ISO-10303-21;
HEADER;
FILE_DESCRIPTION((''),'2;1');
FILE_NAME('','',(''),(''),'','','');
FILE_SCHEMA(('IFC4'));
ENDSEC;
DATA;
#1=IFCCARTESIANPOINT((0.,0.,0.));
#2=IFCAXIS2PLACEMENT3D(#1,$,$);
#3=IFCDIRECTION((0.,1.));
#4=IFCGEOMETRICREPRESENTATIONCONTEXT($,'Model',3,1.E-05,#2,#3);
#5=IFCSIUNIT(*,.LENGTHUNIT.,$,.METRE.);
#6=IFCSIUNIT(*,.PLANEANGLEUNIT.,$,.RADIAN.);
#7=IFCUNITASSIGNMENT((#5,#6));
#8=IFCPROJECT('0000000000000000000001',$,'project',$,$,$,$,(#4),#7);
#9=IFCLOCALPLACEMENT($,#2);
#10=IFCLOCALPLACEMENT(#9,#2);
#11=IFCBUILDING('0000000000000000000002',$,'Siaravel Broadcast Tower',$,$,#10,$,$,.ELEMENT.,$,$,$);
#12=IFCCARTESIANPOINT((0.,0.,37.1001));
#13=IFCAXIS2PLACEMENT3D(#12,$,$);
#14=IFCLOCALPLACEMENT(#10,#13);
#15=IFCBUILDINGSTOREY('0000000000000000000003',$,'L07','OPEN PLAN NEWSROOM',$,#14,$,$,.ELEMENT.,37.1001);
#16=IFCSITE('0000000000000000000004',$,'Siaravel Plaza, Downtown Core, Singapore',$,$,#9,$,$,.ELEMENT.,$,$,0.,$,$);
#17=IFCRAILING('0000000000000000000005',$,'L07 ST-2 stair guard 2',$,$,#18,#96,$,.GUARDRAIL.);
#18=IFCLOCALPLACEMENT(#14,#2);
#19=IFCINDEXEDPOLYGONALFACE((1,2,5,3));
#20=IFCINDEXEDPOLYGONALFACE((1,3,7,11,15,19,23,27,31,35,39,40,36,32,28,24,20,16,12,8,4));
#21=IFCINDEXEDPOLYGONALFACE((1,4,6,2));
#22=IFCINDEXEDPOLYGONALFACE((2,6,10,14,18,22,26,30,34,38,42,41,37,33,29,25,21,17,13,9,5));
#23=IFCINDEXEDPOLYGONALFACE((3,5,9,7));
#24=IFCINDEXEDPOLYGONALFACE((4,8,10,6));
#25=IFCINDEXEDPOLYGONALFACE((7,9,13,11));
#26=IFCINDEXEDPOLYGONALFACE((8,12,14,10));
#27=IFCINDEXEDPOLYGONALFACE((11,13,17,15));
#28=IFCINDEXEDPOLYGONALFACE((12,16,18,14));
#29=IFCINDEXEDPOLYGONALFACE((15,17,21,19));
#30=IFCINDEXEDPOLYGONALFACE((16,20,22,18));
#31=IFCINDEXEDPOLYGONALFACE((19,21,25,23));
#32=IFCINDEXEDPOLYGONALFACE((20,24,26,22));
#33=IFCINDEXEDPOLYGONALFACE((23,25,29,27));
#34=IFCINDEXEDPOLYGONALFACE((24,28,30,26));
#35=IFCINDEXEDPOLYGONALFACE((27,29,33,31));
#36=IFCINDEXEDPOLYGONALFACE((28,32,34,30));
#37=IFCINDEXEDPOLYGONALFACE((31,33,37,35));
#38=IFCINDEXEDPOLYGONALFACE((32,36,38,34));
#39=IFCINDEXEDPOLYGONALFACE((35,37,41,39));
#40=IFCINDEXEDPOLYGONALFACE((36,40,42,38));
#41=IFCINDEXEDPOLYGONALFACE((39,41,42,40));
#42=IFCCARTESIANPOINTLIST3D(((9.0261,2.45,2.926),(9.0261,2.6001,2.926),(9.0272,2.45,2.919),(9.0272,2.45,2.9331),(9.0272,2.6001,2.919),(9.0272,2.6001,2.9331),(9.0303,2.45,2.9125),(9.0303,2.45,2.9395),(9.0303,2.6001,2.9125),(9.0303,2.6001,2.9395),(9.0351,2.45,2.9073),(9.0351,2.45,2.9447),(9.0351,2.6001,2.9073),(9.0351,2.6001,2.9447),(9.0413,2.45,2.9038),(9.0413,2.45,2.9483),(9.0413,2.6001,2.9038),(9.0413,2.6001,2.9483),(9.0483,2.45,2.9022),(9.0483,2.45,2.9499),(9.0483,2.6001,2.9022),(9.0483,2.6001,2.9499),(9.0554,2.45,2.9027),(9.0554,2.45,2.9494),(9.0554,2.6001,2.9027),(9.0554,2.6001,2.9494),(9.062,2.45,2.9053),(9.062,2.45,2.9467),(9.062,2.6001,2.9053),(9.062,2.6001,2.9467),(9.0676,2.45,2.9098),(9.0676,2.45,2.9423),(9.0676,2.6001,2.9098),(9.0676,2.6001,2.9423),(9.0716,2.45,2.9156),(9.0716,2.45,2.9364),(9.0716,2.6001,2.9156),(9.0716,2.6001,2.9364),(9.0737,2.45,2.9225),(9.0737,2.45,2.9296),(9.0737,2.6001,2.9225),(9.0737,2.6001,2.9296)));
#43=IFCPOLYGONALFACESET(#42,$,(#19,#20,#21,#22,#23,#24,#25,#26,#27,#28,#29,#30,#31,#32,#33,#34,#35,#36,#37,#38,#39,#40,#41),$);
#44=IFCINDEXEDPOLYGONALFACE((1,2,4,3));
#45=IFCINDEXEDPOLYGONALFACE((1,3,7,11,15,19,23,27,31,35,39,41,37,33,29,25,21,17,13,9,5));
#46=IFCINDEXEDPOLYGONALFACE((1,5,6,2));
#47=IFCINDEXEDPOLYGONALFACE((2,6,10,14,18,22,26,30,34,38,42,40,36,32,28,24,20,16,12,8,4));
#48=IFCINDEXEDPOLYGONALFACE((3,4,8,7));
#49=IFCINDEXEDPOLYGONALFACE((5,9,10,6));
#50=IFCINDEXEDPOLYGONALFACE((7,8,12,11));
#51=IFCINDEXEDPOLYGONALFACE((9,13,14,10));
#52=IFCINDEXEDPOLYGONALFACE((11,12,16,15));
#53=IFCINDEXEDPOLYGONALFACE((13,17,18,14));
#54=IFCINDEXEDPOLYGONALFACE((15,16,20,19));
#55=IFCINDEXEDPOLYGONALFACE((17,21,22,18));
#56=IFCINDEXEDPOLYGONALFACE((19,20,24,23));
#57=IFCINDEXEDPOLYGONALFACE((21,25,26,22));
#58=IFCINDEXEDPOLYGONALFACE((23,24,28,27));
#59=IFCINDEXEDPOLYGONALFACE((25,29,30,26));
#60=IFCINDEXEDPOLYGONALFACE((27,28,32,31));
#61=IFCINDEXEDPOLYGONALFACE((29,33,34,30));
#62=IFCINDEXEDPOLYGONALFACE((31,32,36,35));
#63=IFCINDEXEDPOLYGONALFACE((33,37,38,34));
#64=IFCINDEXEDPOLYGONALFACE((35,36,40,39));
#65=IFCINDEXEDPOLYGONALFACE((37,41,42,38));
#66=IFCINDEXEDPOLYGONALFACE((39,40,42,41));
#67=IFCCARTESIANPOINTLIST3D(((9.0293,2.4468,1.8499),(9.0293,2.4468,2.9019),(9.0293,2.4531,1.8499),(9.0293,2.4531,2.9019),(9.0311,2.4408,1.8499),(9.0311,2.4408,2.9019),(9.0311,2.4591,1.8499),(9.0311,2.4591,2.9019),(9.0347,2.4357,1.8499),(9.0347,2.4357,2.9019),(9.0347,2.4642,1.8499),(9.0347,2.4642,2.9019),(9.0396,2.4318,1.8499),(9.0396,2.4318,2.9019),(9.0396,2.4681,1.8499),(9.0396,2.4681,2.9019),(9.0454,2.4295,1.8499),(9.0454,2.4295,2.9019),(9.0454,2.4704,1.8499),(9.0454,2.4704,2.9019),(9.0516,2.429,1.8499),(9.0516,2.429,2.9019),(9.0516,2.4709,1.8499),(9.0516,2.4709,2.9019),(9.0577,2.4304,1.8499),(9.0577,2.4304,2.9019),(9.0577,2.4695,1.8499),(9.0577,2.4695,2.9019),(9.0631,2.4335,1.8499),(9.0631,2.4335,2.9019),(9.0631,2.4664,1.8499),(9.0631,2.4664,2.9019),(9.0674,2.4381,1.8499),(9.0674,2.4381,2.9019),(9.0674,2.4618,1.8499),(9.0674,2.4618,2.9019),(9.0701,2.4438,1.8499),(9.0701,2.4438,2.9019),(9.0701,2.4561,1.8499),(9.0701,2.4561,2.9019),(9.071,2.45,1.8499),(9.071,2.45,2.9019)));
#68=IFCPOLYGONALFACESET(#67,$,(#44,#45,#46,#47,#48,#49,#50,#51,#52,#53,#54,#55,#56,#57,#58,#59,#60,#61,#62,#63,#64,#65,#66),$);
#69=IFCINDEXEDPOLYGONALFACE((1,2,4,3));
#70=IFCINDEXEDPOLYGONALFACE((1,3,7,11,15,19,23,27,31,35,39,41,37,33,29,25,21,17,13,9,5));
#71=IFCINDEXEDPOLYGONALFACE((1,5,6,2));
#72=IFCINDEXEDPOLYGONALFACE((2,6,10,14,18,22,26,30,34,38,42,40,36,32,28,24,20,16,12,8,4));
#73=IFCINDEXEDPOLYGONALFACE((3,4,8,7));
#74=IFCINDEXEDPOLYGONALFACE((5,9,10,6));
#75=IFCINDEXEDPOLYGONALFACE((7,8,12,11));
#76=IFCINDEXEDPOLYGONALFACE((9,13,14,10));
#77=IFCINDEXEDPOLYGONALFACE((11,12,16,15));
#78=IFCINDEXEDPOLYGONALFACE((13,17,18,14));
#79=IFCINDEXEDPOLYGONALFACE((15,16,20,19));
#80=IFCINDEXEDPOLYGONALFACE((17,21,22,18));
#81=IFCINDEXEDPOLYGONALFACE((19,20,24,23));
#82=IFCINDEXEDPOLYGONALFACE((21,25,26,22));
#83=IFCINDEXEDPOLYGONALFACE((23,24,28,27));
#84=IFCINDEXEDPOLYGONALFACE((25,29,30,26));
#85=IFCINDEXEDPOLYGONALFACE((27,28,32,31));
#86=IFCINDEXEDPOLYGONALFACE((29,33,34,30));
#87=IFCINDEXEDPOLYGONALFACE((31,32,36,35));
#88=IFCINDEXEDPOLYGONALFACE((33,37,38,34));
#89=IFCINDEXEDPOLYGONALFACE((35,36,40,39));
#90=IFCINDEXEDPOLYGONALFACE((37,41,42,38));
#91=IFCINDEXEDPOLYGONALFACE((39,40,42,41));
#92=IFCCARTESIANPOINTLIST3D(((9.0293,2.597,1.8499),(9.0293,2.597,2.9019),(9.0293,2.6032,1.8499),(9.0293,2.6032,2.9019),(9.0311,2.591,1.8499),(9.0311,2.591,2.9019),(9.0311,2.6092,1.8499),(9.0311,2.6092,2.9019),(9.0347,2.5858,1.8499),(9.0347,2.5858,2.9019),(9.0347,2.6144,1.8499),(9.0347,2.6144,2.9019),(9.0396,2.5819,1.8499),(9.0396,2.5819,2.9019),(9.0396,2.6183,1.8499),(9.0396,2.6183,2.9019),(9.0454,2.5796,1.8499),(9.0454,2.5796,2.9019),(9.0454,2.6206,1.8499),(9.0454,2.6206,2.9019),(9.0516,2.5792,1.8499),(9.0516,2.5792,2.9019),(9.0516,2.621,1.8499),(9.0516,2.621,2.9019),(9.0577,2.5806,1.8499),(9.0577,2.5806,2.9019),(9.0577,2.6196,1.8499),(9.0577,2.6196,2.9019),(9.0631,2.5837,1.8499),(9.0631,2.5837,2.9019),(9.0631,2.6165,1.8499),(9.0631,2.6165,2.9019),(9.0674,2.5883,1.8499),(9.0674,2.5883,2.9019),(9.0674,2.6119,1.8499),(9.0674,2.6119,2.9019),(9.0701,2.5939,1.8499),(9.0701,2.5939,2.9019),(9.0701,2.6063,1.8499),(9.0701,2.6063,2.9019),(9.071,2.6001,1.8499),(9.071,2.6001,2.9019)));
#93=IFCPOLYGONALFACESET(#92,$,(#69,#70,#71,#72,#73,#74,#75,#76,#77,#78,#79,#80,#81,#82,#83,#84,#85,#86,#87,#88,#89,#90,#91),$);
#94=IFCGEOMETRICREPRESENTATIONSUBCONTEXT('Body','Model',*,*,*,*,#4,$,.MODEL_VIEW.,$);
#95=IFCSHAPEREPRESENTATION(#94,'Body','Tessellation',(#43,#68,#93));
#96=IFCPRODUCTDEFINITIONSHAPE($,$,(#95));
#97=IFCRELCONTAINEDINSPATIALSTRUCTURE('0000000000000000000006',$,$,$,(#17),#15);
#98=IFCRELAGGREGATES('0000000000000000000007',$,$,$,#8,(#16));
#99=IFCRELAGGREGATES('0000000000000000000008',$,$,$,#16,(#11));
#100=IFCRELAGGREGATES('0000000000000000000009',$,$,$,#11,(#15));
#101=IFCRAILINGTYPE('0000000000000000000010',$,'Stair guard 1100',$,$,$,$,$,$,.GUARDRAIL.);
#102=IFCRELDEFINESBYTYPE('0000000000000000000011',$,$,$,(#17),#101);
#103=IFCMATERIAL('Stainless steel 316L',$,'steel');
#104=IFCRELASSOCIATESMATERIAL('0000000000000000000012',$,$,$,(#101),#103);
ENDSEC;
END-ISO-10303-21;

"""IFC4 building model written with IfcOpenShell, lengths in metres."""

from ifc_helpers import new_model, si_unit, direction, frame, origin, origin_2d, place, context, subcontext, project, spatial, circle, extrude, material, type_object, element, save


model = new_model("IFC4")

# Units and contexts
model_context = context("Model", 3, precision=1e-05, world=origin(), true_north=direction((0.0, 1.0)))
body_context = subcontext(model_context, "Body", "Model", "MODEL_VIEW")
ifc_project = project(units=[si_unit("LENGTHUNIT", "METRE"), si_unit("PLANEANGLEUNIT", "RADIAN")], contexts=[model_context])

# Site, building, storey
site_placement = place(None, origin())
site = spatial("IfcSite", under=ifc_project, at=site_placement, Name="Siaravel Plaza, Downtown Core, Singapore", CompositionType="ELEMENT", RefElevation=0.0)
building_placement = place(site_placement, origin())
building = spatial("IfcBuilding", under=site, at=building_placement, Name="Siaravel Broadcast Tower", CompositionType="ELEMENT")
storey_placement = place(building_placement, frame((0.0, 0.0, 37.1001)))
storey = spatial("IfcBuildingStorey", under=building, at=storey_placement, Name="L07", Description="OPEN PLAN NEWSROOM", CompositionType="ELEMENT", Elevation=37.1001)

# Railing
ifc_material_1 = material(Name="Stainless steel 316L", Category="steel")
railing_type_1 = type_object("IfcRailingType", Name="Stair guard 1100", PredefinedType="GUARDRAIL", material=ifc_material_1)
railing_1_placement = place(storey_placement, frame((9.05, 2.45, 1.8499)))
element("IfcRailing", 1, at=railing_1_placement, inside=storey, type_object=railing_type_1, Name="L07 ST-2 stair guard 2", PredefinedType="GUARDRAIL", context=body_context, shape_type="SweptSolid", body=[
    extrude(circle(Radius=0.0239, at=origin_2d()), frame((0.0, 0.0, 1.0762), z_axis=(0.0, 1.0, 0.0), x_axis=(-1.0, 0.0, 0.0)), (0.0, 0.0, 1.0), 0.1501),
    extrude(circle(Radius=0.021, at=origin_2d()), origin(), (0.0, 0.0, 1.0), 1.052),
    extrude(circle(Radius=0.021, at=origin_2d()), frame((0.0, 0.1501, 0.0)), (0.0, 0.0, 1.0), 1.052),
])

save(model, "model.ifc")
